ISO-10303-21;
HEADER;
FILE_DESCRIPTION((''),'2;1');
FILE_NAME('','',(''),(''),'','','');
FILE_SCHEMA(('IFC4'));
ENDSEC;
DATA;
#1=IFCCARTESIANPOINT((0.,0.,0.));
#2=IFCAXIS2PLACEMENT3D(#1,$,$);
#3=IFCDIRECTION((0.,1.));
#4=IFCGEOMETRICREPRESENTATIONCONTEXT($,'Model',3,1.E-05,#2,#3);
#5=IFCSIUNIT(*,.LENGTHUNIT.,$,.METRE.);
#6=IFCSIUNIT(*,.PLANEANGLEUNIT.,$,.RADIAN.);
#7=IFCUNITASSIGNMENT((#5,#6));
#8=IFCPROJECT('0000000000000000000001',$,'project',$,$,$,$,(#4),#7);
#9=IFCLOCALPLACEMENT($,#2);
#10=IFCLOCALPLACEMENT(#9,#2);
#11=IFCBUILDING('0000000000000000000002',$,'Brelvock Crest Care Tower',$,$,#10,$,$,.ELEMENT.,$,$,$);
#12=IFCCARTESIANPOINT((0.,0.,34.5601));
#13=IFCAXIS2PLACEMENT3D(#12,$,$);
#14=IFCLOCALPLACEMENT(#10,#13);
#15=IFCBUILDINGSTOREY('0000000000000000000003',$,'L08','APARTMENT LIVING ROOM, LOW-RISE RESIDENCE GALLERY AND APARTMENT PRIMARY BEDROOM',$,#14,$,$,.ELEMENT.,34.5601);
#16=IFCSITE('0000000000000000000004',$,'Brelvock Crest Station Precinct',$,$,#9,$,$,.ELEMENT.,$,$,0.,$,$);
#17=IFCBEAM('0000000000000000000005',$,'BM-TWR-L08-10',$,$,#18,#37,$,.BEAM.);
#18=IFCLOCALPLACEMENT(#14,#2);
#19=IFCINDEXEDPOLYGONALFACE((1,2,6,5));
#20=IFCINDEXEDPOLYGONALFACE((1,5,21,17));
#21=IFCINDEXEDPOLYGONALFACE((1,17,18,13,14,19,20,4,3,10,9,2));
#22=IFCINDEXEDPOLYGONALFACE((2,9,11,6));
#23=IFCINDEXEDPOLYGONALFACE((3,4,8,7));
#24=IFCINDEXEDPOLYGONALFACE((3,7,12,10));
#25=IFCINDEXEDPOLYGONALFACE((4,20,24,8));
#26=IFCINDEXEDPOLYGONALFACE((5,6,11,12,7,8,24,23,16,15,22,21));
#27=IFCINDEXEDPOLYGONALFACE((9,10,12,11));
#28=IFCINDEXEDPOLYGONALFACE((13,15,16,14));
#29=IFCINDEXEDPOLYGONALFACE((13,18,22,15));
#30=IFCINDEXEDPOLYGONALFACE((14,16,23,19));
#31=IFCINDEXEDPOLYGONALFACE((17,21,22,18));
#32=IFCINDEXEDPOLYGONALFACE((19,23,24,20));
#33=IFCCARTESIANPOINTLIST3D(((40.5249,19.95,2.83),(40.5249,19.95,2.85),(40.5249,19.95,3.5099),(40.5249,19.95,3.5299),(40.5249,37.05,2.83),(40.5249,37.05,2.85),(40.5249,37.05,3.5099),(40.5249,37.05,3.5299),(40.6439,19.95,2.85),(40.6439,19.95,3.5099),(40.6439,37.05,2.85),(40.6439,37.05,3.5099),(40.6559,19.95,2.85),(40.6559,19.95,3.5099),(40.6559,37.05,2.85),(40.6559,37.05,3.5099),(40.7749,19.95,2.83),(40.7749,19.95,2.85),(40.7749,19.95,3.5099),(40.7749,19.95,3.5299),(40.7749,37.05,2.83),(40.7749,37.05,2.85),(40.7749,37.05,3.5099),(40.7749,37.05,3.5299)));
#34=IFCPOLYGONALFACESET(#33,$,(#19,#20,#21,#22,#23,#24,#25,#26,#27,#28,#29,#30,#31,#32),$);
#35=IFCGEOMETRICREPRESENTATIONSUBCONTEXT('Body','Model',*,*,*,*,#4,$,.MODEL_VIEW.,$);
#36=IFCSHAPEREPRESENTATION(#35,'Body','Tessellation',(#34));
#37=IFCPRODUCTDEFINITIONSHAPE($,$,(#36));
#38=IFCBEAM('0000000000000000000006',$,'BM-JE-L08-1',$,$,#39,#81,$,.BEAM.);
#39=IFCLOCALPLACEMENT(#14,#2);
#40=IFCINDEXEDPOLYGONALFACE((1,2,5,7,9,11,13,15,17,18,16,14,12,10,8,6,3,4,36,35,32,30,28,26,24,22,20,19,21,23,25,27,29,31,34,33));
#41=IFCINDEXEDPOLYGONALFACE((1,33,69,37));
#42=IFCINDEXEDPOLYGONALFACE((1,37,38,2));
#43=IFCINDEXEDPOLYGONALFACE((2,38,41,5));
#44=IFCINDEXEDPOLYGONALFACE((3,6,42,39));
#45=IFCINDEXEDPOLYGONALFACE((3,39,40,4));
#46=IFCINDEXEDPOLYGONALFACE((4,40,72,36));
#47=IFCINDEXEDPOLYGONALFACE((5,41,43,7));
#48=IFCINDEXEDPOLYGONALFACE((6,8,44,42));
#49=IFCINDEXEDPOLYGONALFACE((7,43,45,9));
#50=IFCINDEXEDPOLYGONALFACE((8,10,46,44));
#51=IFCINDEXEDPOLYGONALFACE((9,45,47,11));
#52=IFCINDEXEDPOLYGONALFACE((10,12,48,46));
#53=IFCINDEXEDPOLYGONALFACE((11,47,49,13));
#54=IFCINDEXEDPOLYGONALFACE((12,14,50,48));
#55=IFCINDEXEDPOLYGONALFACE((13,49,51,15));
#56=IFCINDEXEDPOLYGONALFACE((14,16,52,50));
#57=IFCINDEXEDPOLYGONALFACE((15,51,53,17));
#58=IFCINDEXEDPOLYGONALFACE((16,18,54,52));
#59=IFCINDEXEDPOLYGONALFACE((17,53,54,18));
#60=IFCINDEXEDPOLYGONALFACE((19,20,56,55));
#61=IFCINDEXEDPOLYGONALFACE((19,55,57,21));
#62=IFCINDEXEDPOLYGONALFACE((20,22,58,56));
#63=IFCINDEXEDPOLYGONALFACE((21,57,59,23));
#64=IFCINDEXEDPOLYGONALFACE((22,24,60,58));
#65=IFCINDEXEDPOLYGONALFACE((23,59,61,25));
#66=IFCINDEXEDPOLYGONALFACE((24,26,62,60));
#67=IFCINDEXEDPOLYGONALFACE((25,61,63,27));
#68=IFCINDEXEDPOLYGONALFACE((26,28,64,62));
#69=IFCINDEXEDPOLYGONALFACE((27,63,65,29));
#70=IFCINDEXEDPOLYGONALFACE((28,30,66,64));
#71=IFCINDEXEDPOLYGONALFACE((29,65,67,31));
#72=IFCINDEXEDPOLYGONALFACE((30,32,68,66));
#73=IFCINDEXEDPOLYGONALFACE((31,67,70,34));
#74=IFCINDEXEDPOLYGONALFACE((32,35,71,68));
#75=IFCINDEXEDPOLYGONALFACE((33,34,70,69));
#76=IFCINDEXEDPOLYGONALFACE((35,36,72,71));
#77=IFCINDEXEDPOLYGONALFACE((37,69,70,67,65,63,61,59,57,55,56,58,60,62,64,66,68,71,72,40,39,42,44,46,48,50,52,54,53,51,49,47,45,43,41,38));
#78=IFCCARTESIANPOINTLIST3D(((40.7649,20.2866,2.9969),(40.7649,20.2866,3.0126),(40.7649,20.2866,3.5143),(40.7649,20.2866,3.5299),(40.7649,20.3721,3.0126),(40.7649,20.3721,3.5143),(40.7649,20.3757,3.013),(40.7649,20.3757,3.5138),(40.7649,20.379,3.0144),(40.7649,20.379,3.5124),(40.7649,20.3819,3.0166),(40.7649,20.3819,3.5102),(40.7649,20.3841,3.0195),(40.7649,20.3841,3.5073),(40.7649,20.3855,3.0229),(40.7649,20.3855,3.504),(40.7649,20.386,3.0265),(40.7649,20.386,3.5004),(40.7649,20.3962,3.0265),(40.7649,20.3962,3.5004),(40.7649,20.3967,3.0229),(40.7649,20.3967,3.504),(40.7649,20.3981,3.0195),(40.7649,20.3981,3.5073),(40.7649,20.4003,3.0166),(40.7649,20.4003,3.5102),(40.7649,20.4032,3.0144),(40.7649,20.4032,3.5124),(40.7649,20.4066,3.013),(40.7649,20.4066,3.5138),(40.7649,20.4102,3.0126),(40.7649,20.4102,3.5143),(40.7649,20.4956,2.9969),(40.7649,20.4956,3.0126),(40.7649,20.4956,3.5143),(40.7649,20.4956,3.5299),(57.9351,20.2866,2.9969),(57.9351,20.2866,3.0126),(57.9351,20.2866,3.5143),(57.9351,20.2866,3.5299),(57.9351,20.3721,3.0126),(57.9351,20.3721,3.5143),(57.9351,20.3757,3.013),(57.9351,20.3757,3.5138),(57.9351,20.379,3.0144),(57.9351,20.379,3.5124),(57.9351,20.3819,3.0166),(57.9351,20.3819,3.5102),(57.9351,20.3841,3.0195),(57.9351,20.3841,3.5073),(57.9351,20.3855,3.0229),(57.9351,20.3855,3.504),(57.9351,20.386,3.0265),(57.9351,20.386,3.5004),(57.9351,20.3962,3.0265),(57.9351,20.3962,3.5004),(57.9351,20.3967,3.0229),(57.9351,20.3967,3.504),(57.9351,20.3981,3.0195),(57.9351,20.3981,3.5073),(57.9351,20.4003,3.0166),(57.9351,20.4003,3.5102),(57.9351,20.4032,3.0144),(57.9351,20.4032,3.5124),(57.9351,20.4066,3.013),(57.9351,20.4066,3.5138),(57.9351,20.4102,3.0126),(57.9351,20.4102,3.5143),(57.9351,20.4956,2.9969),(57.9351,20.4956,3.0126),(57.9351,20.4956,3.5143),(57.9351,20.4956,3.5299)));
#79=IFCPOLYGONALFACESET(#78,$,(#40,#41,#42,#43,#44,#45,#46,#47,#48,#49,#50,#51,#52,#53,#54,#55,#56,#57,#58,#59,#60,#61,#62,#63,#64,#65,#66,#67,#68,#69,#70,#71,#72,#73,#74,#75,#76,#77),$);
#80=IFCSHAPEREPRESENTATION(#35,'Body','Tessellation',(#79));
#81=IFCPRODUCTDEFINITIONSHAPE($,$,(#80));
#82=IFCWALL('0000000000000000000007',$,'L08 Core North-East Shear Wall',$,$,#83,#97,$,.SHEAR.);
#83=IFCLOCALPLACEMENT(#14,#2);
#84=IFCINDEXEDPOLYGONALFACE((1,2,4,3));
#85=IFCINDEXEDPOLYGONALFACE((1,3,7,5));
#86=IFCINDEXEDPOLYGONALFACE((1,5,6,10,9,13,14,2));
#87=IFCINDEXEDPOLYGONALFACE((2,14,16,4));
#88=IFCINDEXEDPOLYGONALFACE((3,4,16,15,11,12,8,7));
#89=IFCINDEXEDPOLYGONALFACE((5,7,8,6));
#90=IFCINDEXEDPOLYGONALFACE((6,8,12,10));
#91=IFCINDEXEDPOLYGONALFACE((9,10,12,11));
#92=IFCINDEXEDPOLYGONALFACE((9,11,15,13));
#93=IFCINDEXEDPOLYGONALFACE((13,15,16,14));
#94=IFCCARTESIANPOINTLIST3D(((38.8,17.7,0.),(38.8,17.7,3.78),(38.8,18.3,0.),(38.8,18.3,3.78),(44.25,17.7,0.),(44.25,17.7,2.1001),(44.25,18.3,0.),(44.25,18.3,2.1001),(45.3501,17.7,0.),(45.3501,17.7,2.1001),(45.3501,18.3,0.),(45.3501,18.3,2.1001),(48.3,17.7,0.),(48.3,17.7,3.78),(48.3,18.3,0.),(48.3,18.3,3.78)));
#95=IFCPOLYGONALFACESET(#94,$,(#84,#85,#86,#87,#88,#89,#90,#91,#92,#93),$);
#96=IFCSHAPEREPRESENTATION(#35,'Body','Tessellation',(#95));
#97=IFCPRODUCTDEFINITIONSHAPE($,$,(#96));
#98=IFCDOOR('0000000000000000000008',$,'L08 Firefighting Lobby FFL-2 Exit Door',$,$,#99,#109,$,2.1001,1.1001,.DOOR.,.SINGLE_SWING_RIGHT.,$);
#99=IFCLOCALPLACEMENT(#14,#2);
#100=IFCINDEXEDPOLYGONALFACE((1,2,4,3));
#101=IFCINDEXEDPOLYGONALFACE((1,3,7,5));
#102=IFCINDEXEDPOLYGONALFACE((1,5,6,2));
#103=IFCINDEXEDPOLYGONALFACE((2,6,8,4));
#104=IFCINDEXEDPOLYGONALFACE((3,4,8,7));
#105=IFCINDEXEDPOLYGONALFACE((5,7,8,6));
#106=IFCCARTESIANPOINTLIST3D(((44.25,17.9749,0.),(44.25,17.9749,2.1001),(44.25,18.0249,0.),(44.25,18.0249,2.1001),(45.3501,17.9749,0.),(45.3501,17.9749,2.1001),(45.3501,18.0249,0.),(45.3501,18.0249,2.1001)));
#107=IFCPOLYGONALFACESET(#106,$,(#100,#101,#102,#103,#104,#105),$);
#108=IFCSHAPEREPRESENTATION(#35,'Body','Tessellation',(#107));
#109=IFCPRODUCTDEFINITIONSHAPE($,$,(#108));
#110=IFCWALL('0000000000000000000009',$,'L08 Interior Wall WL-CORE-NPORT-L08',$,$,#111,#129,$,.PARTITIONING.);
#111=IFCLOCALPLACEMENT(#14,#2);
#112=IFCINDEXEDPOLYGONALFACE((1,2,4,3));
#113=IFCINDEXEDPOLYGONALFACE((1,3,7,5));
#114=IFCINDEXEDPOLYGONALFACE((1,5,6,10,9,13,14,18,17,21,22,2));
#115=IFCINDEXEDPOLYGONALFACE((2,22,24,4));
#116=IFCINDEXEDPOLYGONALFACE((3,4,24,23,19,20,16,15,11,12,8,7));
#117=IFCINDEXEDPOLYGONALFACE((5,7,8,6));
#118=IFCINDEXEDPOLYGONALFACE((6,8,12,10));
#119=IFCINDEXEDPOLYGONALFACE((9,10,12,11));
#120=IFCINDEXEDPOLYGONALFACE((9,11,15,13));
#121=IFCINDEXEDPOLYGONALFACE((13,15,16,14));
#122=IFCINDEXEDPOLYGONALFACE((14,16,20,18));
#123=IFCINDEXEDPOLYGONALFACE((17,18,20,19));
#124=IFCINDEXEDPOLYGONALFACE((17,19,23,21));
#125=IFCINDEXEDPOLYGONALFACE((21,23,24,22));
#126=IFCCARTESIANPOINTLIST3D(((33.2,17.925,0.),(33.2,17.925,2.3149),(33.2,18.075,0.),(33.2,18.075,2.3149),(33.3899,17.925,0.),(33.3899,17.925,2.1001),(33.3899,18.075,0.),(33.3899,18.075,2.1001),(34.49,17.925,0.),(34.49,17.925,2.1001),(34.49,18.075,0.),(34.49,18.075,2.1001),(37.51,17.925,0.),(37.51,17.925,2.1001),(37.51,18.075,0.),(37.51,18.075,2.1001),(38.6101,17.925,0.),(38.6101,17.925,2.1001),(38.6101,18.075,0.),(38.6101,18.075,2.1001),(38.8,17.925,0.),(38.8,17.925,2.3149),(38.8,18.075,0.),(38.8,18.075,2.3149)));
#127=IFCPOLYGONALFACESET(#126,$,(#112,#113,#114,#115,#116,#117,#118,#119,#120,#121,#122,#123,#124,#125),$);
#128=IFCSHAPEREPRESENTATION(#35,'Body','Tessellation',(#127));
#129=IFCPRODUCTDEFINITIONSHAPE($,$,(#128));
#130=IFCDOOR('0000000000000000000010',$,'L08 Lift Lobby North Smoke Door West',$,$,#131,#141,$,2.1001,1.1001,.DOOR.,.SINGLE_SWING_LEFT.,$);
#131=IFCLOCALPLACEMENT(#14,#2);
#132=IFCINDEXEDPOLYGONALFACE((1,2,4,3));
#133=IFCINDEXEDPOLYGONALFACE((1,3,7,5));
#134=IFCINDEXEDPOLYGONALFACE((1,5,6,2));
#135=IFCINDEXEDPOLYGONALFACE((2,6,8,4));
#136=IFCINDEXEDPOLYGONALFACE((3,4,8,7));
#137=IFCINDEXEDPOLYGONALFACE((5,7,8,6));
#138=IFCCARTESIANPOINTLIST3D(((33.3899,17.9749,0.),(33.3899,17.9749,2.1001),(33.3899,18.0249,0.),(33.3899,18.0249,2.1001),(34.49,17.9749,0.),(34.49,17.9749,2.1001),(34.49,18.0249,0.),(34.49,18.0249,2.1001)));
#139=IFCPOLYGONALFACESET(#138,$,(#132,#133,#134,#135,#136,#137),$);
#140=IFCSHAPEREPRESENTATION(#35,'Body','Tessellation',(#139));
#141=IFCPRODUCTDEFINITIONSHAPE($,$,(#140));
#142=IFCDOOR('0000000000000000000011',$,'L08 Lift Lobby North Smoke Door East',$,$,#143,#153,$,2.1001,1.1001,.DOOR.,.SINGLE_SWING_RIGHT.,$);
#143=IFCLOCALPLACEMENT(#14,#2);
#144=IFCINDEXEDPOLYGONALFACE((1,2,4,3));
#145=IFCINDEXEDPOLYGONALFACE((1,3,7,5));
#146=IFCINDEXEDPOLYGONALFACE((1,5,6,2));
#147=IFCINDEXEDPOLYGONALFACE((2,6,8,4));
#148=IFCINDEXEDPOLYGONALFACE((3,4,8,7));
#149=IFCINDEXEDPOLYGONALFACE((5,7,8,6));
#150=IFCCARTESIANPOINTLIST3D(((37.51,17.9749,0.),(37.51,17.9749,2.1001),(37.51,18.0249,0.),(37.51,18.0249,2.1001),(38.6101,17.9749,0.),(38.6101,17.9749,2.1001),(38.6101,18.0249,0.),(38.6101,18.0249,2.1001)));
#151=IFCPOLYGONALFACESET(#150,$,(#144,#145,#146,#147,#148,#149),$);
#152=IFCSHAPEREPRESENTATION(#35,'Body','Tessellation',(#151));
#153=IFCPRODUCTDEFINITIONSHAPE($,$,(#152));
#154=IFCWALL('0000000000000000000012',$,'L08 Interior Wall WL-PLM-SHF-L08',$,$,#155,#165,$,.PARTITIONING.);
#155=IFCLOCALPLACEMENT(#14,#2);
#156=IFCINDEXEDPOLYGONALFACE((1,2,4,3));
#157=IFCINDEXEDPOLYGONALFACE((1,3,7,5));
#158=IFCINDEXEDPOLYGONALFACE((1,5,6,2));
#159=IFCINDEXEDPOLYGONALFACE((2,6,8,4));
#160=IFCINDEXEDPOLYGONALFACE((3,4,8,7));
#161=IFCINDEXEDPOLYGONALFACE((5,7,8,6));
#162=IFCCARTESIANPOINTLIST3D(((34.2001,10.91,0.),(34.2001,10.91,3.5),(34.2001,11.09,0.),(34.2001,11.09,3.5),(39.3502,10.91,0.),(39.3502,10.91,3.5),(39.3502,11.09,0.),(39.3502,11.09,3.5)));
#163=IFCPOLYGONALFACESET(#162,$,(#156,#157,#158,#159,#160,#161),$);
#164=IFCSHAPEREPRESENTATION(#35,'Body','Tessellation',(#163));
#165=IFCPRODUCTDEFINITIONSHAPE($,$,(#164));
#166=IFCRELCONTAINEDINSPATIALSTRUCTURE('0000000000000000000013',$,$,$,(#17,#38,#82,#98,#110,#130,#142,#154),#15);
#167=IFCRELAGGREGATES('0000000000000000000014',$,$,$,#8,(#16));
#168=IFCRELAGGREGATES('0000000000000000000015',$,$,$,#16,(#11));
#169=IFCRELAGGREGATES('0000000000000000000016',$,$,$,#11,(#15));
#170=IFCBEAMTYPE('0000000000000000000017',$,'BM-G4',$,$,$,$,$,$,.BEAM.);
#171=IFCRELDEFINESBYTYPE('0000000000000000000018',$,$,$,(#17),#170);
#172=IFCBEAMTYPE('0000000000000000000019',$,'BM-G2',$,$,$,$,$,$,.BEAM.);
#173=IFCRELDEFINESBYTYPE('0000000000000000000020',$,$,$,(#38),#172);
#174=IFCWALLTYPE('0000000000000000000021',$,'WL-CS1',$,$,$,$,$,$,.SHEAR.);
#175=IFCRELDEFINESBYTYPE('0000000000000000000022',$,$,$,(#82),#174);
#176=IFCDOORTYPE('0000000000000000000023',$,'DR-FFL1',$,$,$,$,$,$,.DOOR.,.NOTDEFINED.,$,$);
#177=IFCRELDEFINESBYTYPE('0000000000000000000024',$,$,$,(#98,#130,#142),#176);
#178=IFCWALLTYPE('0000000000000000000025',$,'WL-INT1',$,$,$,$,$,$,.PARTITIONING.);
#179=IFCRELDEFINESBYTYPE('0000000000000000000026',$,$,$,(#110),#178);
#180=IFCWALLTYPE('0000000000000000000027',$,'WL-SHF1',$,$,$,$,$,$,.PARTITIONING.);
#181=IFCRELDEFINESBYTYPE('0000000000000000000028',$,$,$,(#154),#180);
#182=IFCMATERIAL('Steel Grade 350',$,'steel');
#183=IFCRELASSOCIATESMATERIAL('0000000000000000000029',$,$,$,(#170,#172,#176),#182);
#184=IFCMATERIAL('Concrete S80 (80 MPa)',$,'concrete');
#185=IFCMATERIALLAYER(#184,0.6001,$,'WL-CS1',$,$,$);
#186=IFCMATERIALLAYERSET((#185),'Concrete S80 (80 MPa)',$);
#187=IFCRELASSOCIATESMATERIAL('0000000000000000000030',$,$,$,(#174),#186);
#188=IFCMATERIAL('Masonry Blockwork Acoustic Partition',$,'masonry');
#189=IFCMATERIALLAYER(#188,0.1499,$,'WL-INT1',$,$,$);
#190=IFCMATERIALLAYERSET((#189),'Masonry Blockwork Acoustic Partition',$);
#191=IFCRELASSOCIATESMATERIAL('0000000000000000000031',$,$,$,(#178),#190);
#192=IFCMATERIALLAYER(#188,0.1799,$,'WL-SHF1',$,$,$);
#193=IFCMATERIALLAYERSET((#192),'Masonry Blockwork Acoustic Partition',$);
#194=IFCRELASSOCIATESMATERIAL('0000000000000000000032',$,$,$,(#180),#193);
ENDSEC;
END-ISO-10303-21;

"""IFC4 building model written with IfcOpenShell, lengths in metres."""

from ifc_helpers import new_model, si_unit, direction, frame, frame_2d, origin, origin_2d, place, context, subcontext, project, spatial, rectangle, i_section, extrude, source, transform, mapped, material, layer, layer_set, material_profile, profile_set, type_object, element, fill, save


model = new_model("IFC4")

# Units and contexts
model_context = context("Model", 3, precision=1e-05, world=origin(), true_north=direction((0.0, 1.0)))
body_context = subcontext(model_context, "Body", "Model", "MODEL_VIEW")
ifc_project = project(units=[si_unit("LENGTHUNIT", "METRE"), si_unit("PLANEANGLEUNIT", "RADIAN")], contexts=[model_context])

# Site, building, storey
site_placement = place(None, origin())
site = spatial("IfcSite", under=ifc_project, at=site_placement, Name="Brelvock Crest Station Precinct", CompositionType="ELEMENT", RefElevation=0.0)
building_placement = place(site_placement, origin())
building = spatial("IfcBuilding", under=site, at=building_placement, Name="Brelvock Crest Care Tower", CompositionType="ELEMENT")
storey_placement = place(building_placement, frame((0.0, 0.0, 34.5601)))
storey = spatial("IfcBuildingStorey", under=building, at=storey_placement, Name="L08", Description="APARTMENT LIVING ROOM, LOW-RISE RESIDENCE GALLERY AND APARTMENT PRIMARY BEDROOM", CompositionType="ELEMENT", Elevation=34.5601)

# Shared definitions
ifc_material_1 = material(Name="Concrete S80 (80 MPa)", Category="concrete")
ifc_material_2 = material(Name="Steel Grade 350", Category="steel")

# Beams
ifc_material_profile_1 = material_profile(ifc_material_2, i_section(OverallWidth=0.25, OverallDepth=0.7, WebThickness=0.012, FlangeThickness=0.02, at=origin_2d()), Name="700WB150")
ifc_profile_set_1 = profile_set([ifc_material_profile_1], Name="Steel Grade 350")
beam_type_1 = type_object("IfcBeamType", Name="BM-G4", PredefinedType="BEAM", material=ifc_profile_set_1)
shared_shape_1 = source(origin(), body_context, "Body", "SweptSolid", [
    extrude(i_section(OverallWidth=0.25, OverallDepth=0.7, WebThickness=0.012, FlangeThickness=0.02, at=origin_2d()), origin(), (0.0, 0.0, 1.0), 17.1001),
])
beam_1_placement = place(storey_placement, frame((40.6499, 19.95, 3.1799), z_axis=(0.0, 1.0, 0.0), x_axis=(-1.0, 0.0, 0.0)))
element("IfcBeam", 1, at=beam_1_placement, inside=storey, type_object=beam_type_1, Name="BM-TWR-L08-10", PredefinedType="BEAM", context=body_context, shape_type="MappedRepresentation", body=[
    mapped(shared_shape_1, transform((0.0, 0.0, 0.0), x_axis=(1.0, 0.0, 0.0), y_axis=(0.0, 1.0, 0.0), z_axis=(0.0, 0.0, 1.0), scale=1.0)),
])
ifc_material_profile_2 = material_profile(ifc_material_2, i_section(OverallWidth=0.209, OverallDepth=0.533, WebThickness=0.0103, FlangeThickness=0.0156, FilletRadius=0.0139, at=origin_2d()), Name="530UB92.4")
ifc_profile_set_2 = profile_set([ifc_material_profile_2], Name="Steel Grade 350")
beam_type_2 = type_object("IfcBeamType", Name="BM-G2", PredefinedType="BEAM", material=ifc_profile_set_2)
shared_shape_2 = source(origin(), body_context, "Body", "SweptSolid", [
    extrude(i_section(OverallWidth=0.209, OverallDepth=0.533, WebThickness=0.0103, FlangeThickness=0.0156, FilletRadius=0.0139, at=origin_2d()), origin(), (0.0, 0.0, 1.0), 17.1702),
])
beam_2_placement = place(storey_placement, frame((40.7649, 20.3911, 3.2634), z_axis=(1.0, 0.0, 0.0), x_axis=(0.0, 1.0, 0.0)))
element("IfcBeam", 2, at=beam_2_placement, inside=storey, type_object=beam_type_2, Name="BM-JE-L08-1", PredefinedType="BEAM", context=body_context, shape_type="MappedRepresentation", body=[
    mapped(shared_shape_2, transform((0.0, 0.0, 0.0), x_axis=(1.0, 0.0, 0.0), y_axis=(0.0, 1.0, 0.0), z_axis=(0.0, 0.0, 1.0), scale=1.0)),
])

# Wall, opening, door
ifc_layer_1 = layer(ifc_material_1, 0.6001, Name="WL-CS1")
ifc_layer_set_1 = layer_set([ifc_layer_1], Name="Concrete S80 (80 MPa)")
wall_type_1 = type_object("IfcWallType", Name="WL-CS1", PredefinedType="SHEAR", material=ifc_layer_set_1)
wall_1_placement = place(storey_placement, frame((38.8, 18.0, 0.0), z_axis=(0.0, 0.0, 1.0), x_axis=(1.0, 0.0, 0.0)))
wall_1 = element("IfcWall", 3, at=wall_1_placement, inside=storey, type_object=wall_type_1, Name="L08 Core North-East Shear Wall", PredefinedType="SHEAR", context=body_context, shape_type="SweptSolid", body=[
    extrude(rectangle(XDim=9.5, YDim=0.6001, at=frame_2d((4.75, 0.0))), origin(), (0.0, 0.0, 1.0), 3.78),
])
opening_1_placement = place(wall_1_placement, frame((5.45, 0.0, 0.0)))
opening_1 = element("IfcOpeningElement", 4, at=opening_1_placement, cuts=wall_1, PredefinedType="OPENING", context=body_context, shape_type="SweptSolid", body=[
    extrude(rectangle(XDim=1.1001, YDim=2.1001, at=origin_2d()), frame((0.55, 0.3101, 1.05), z_axis=(0.0, -1.0, 0.0), x_axis=(1.0, 0.0, 0.0)), (0.0, 0.0, 1.0), 0.6201),
])
door_type_1 = type_object("IfcDoorType", Name="DR-FFL1", OperationType="NOTDEFINED", PredefinedType="DOOR", material=ifc_material_2)
shared_shape_3 = source(origin(), body_context, "Body", "SweptSolid", [
    extrude(rectangle(XDim=1.1001, YDim=2.1001, at=origin_2d()), frame((0.55, 0.0249, 1.05), z_axis=(0.0, -1.0, 0.0), x_axis=(1.0, 0.0, 0.0)), (0.0, 0.0, 1.0), 0.05),
])
door_1_placement = place(opening_1_placement, origin())
door_1 = element("IfcDoor", 5, at=door_1_placement, inside=storey, type_object=door_type_1, Name="L08 Firefighting Lobby FFL-2 Exit Door", OperationType="SINGLE_SWING_RIGHT", OverallHeight=2.1001, OverallWidth=1.1001, PredefinedType="DOOR", context=body_context, shape_type="MappedRepresentation", body=[
    mapped(shared_shape_3, transform((0.0, 0.0, 0.0), x_axis=(1.0, 0.0, 0.0), y_axis=(0.0, 1.0, 0.0), z_axis=(0.0, 0.0, 1.0), scale=1.0)),
])
fill(opening_1, door_1)

# Wall, openings, doors
ifc_material_3 = material(Name="Masonry Blockwork Acoustic Partition", Category="masonry")
ifc_layer_2 = layer(ifc_material_3, 0.1499, Name="WL-INT1")
ifc_layer_set_2 = layer_set([ifc_layer_2], Name="Masonry Blockwork Acoustic Partition")
wall_type_2 = type_object("IfcWallType", Name="WL-INT1", PredefinedType="PARTITIONING", material=ifc_layer_set_2)
wall_2_placement = place(storey_placement, frame((33.2, 18.0, 0.0), z_axis=(0.0, 0.0, 1.0), x_axis=(1.0, 0.0, 0.0)))
wall_2 = element("IfcWall", 6, at=wall_2_placement, inside=storey, type_object=wall_type_2, Name="L08 Interior Wall WL-CORE-NPORT-L08", PredefinedType="PARTITIONING", context=body_context, shape_type="SweptSolid", body=[
    extrude(rectangle(XDim=5.6001, YDim=0.1499, at=frame_2d((2.8, 0.0))), origin(), (0.0, 0.0, 1.0), 2.3149),
])
opening_2_placement = place(wall_2_placement, frame((0.1899, 0.0, 0.0)))
opening_2 = element("IfcOpeningElement", 7, at=opening_2_placement, cuts=wall_2, PredefinedType="OPENING", context=body_context, shape_type="SweptSolid", body=[
    extrude(rectangle(XDim=1.1001, YDim=2.1001, at=origin_2d()), frame((0.55, 0.085, 1.05), z_axis=(0.0, -1.0, 0.0), x_axis=(1.0, 0.0, 0.0)), (0.0, 0.0, 1.0), 0.1699),
])
opening_3_placement = place(wall_2_placement, frame((4.3101, 0.0, 0.0)))
opening_3 = element("IfcOpeningElement", 8, at=opening_3_placement, cuts=wall_2, PredefinedType="OPENING", context=body_context, shape_type="SweptSolid", body=[
    extrude(rectangle(XDim=1.1001, YDim=2.1001, at=origin_2d()), frame((0.55, 0.085, 1.05), z_axis=(0.0, -1.0, 0.0), x_axis=(1.0, 0.0, 0.0)), (0.0, 0.0, 1.0), 0.1699),
])
door_2_placement = place(opening_2_placement, origin())
door_2 = element("IfcDoor", 9, at=door_2_placement, inside=storey, type_object=door_type_1, Name="L08 Lift Lobby North Smoke Door West", OperationType="SINGLE_SWING_LEFT", OverallHeight=2.1001, OverallWidth=1.1001, PredefinedType="DOOR", context=body_context, shape_type="MappedRepresentation", body=[
    mapped(shared_shape_3, transform((0.0, 0.0, 0.0), x_axis=(1.0, 0.0, 0.0), y_axis=(0.0, 1.0, 0.0), z_axis=(0.0, 0.0, 1.0), scale=1.0)),
])
fill(opening_2, door_2)
door_3_placement = place(opening_3_placement, origin())
door_3 = element("IfcDoor", 10, at=door_3_placement, inside=storey, type_object=door_type_1, Name="L08 Lift Lobby North Smoke Door East", OperationType="SINGLE_SWING_RIGHT", OverallHeight=2.1001, OverallWidth=1.1001, PredefinedType="DOOR", context=body_context, shape_type="MappedRepresentation", body=[
    mapped(shared_shape_3, transform((0.0, 0.0, 0.0), x_axis=(1.0, 0.0, 0.0), y_axis=(0.0, 1.0, 0.0), z_axis=(0.0, 0.0, 1.0), scale=1.0)),
])
fill(opening_3, door_3)

# Wall
ifc_layer_3 = layer(ifc_material_3, 0.1799, Name="WL-SHF1")
ifc_layer_set_3 = layer_set([ifc_layer_3], Name="Masonry Blockwork Acoustic Partition")
wall_type_3 = type_object("IfcWallType", Name="WL-SHF1", PredefinedType="PARTITIONING", material=ifc_layer_set_3)
for number, where, z_axis, x_axis, name in (
    (11, (34.2, 11.0, 0.0), (0.0, 0.0, 1.0), (1.0, 0.0, 0.0), "L08 Interior Wall WL-PLM-SHF-L08"),
):
    element("IfcWall", number, at=place(storey_placement, frame(where, z_axis=z_axis, x_axis=x_axis)), inside=storey, type_object=wall_type_3, Name=name, PredefinedType="PARTITIONING", context=body_context, shape_type="SweptSolid", body=[
        extrude(rectangle(XDim=5.1501, YDim=0.1799, at=frame_2d((2.5752, 0.0))), origin(), (0.0, 0.0, 1.0), 3.5),
    ])

save(model, "model.ifc")
